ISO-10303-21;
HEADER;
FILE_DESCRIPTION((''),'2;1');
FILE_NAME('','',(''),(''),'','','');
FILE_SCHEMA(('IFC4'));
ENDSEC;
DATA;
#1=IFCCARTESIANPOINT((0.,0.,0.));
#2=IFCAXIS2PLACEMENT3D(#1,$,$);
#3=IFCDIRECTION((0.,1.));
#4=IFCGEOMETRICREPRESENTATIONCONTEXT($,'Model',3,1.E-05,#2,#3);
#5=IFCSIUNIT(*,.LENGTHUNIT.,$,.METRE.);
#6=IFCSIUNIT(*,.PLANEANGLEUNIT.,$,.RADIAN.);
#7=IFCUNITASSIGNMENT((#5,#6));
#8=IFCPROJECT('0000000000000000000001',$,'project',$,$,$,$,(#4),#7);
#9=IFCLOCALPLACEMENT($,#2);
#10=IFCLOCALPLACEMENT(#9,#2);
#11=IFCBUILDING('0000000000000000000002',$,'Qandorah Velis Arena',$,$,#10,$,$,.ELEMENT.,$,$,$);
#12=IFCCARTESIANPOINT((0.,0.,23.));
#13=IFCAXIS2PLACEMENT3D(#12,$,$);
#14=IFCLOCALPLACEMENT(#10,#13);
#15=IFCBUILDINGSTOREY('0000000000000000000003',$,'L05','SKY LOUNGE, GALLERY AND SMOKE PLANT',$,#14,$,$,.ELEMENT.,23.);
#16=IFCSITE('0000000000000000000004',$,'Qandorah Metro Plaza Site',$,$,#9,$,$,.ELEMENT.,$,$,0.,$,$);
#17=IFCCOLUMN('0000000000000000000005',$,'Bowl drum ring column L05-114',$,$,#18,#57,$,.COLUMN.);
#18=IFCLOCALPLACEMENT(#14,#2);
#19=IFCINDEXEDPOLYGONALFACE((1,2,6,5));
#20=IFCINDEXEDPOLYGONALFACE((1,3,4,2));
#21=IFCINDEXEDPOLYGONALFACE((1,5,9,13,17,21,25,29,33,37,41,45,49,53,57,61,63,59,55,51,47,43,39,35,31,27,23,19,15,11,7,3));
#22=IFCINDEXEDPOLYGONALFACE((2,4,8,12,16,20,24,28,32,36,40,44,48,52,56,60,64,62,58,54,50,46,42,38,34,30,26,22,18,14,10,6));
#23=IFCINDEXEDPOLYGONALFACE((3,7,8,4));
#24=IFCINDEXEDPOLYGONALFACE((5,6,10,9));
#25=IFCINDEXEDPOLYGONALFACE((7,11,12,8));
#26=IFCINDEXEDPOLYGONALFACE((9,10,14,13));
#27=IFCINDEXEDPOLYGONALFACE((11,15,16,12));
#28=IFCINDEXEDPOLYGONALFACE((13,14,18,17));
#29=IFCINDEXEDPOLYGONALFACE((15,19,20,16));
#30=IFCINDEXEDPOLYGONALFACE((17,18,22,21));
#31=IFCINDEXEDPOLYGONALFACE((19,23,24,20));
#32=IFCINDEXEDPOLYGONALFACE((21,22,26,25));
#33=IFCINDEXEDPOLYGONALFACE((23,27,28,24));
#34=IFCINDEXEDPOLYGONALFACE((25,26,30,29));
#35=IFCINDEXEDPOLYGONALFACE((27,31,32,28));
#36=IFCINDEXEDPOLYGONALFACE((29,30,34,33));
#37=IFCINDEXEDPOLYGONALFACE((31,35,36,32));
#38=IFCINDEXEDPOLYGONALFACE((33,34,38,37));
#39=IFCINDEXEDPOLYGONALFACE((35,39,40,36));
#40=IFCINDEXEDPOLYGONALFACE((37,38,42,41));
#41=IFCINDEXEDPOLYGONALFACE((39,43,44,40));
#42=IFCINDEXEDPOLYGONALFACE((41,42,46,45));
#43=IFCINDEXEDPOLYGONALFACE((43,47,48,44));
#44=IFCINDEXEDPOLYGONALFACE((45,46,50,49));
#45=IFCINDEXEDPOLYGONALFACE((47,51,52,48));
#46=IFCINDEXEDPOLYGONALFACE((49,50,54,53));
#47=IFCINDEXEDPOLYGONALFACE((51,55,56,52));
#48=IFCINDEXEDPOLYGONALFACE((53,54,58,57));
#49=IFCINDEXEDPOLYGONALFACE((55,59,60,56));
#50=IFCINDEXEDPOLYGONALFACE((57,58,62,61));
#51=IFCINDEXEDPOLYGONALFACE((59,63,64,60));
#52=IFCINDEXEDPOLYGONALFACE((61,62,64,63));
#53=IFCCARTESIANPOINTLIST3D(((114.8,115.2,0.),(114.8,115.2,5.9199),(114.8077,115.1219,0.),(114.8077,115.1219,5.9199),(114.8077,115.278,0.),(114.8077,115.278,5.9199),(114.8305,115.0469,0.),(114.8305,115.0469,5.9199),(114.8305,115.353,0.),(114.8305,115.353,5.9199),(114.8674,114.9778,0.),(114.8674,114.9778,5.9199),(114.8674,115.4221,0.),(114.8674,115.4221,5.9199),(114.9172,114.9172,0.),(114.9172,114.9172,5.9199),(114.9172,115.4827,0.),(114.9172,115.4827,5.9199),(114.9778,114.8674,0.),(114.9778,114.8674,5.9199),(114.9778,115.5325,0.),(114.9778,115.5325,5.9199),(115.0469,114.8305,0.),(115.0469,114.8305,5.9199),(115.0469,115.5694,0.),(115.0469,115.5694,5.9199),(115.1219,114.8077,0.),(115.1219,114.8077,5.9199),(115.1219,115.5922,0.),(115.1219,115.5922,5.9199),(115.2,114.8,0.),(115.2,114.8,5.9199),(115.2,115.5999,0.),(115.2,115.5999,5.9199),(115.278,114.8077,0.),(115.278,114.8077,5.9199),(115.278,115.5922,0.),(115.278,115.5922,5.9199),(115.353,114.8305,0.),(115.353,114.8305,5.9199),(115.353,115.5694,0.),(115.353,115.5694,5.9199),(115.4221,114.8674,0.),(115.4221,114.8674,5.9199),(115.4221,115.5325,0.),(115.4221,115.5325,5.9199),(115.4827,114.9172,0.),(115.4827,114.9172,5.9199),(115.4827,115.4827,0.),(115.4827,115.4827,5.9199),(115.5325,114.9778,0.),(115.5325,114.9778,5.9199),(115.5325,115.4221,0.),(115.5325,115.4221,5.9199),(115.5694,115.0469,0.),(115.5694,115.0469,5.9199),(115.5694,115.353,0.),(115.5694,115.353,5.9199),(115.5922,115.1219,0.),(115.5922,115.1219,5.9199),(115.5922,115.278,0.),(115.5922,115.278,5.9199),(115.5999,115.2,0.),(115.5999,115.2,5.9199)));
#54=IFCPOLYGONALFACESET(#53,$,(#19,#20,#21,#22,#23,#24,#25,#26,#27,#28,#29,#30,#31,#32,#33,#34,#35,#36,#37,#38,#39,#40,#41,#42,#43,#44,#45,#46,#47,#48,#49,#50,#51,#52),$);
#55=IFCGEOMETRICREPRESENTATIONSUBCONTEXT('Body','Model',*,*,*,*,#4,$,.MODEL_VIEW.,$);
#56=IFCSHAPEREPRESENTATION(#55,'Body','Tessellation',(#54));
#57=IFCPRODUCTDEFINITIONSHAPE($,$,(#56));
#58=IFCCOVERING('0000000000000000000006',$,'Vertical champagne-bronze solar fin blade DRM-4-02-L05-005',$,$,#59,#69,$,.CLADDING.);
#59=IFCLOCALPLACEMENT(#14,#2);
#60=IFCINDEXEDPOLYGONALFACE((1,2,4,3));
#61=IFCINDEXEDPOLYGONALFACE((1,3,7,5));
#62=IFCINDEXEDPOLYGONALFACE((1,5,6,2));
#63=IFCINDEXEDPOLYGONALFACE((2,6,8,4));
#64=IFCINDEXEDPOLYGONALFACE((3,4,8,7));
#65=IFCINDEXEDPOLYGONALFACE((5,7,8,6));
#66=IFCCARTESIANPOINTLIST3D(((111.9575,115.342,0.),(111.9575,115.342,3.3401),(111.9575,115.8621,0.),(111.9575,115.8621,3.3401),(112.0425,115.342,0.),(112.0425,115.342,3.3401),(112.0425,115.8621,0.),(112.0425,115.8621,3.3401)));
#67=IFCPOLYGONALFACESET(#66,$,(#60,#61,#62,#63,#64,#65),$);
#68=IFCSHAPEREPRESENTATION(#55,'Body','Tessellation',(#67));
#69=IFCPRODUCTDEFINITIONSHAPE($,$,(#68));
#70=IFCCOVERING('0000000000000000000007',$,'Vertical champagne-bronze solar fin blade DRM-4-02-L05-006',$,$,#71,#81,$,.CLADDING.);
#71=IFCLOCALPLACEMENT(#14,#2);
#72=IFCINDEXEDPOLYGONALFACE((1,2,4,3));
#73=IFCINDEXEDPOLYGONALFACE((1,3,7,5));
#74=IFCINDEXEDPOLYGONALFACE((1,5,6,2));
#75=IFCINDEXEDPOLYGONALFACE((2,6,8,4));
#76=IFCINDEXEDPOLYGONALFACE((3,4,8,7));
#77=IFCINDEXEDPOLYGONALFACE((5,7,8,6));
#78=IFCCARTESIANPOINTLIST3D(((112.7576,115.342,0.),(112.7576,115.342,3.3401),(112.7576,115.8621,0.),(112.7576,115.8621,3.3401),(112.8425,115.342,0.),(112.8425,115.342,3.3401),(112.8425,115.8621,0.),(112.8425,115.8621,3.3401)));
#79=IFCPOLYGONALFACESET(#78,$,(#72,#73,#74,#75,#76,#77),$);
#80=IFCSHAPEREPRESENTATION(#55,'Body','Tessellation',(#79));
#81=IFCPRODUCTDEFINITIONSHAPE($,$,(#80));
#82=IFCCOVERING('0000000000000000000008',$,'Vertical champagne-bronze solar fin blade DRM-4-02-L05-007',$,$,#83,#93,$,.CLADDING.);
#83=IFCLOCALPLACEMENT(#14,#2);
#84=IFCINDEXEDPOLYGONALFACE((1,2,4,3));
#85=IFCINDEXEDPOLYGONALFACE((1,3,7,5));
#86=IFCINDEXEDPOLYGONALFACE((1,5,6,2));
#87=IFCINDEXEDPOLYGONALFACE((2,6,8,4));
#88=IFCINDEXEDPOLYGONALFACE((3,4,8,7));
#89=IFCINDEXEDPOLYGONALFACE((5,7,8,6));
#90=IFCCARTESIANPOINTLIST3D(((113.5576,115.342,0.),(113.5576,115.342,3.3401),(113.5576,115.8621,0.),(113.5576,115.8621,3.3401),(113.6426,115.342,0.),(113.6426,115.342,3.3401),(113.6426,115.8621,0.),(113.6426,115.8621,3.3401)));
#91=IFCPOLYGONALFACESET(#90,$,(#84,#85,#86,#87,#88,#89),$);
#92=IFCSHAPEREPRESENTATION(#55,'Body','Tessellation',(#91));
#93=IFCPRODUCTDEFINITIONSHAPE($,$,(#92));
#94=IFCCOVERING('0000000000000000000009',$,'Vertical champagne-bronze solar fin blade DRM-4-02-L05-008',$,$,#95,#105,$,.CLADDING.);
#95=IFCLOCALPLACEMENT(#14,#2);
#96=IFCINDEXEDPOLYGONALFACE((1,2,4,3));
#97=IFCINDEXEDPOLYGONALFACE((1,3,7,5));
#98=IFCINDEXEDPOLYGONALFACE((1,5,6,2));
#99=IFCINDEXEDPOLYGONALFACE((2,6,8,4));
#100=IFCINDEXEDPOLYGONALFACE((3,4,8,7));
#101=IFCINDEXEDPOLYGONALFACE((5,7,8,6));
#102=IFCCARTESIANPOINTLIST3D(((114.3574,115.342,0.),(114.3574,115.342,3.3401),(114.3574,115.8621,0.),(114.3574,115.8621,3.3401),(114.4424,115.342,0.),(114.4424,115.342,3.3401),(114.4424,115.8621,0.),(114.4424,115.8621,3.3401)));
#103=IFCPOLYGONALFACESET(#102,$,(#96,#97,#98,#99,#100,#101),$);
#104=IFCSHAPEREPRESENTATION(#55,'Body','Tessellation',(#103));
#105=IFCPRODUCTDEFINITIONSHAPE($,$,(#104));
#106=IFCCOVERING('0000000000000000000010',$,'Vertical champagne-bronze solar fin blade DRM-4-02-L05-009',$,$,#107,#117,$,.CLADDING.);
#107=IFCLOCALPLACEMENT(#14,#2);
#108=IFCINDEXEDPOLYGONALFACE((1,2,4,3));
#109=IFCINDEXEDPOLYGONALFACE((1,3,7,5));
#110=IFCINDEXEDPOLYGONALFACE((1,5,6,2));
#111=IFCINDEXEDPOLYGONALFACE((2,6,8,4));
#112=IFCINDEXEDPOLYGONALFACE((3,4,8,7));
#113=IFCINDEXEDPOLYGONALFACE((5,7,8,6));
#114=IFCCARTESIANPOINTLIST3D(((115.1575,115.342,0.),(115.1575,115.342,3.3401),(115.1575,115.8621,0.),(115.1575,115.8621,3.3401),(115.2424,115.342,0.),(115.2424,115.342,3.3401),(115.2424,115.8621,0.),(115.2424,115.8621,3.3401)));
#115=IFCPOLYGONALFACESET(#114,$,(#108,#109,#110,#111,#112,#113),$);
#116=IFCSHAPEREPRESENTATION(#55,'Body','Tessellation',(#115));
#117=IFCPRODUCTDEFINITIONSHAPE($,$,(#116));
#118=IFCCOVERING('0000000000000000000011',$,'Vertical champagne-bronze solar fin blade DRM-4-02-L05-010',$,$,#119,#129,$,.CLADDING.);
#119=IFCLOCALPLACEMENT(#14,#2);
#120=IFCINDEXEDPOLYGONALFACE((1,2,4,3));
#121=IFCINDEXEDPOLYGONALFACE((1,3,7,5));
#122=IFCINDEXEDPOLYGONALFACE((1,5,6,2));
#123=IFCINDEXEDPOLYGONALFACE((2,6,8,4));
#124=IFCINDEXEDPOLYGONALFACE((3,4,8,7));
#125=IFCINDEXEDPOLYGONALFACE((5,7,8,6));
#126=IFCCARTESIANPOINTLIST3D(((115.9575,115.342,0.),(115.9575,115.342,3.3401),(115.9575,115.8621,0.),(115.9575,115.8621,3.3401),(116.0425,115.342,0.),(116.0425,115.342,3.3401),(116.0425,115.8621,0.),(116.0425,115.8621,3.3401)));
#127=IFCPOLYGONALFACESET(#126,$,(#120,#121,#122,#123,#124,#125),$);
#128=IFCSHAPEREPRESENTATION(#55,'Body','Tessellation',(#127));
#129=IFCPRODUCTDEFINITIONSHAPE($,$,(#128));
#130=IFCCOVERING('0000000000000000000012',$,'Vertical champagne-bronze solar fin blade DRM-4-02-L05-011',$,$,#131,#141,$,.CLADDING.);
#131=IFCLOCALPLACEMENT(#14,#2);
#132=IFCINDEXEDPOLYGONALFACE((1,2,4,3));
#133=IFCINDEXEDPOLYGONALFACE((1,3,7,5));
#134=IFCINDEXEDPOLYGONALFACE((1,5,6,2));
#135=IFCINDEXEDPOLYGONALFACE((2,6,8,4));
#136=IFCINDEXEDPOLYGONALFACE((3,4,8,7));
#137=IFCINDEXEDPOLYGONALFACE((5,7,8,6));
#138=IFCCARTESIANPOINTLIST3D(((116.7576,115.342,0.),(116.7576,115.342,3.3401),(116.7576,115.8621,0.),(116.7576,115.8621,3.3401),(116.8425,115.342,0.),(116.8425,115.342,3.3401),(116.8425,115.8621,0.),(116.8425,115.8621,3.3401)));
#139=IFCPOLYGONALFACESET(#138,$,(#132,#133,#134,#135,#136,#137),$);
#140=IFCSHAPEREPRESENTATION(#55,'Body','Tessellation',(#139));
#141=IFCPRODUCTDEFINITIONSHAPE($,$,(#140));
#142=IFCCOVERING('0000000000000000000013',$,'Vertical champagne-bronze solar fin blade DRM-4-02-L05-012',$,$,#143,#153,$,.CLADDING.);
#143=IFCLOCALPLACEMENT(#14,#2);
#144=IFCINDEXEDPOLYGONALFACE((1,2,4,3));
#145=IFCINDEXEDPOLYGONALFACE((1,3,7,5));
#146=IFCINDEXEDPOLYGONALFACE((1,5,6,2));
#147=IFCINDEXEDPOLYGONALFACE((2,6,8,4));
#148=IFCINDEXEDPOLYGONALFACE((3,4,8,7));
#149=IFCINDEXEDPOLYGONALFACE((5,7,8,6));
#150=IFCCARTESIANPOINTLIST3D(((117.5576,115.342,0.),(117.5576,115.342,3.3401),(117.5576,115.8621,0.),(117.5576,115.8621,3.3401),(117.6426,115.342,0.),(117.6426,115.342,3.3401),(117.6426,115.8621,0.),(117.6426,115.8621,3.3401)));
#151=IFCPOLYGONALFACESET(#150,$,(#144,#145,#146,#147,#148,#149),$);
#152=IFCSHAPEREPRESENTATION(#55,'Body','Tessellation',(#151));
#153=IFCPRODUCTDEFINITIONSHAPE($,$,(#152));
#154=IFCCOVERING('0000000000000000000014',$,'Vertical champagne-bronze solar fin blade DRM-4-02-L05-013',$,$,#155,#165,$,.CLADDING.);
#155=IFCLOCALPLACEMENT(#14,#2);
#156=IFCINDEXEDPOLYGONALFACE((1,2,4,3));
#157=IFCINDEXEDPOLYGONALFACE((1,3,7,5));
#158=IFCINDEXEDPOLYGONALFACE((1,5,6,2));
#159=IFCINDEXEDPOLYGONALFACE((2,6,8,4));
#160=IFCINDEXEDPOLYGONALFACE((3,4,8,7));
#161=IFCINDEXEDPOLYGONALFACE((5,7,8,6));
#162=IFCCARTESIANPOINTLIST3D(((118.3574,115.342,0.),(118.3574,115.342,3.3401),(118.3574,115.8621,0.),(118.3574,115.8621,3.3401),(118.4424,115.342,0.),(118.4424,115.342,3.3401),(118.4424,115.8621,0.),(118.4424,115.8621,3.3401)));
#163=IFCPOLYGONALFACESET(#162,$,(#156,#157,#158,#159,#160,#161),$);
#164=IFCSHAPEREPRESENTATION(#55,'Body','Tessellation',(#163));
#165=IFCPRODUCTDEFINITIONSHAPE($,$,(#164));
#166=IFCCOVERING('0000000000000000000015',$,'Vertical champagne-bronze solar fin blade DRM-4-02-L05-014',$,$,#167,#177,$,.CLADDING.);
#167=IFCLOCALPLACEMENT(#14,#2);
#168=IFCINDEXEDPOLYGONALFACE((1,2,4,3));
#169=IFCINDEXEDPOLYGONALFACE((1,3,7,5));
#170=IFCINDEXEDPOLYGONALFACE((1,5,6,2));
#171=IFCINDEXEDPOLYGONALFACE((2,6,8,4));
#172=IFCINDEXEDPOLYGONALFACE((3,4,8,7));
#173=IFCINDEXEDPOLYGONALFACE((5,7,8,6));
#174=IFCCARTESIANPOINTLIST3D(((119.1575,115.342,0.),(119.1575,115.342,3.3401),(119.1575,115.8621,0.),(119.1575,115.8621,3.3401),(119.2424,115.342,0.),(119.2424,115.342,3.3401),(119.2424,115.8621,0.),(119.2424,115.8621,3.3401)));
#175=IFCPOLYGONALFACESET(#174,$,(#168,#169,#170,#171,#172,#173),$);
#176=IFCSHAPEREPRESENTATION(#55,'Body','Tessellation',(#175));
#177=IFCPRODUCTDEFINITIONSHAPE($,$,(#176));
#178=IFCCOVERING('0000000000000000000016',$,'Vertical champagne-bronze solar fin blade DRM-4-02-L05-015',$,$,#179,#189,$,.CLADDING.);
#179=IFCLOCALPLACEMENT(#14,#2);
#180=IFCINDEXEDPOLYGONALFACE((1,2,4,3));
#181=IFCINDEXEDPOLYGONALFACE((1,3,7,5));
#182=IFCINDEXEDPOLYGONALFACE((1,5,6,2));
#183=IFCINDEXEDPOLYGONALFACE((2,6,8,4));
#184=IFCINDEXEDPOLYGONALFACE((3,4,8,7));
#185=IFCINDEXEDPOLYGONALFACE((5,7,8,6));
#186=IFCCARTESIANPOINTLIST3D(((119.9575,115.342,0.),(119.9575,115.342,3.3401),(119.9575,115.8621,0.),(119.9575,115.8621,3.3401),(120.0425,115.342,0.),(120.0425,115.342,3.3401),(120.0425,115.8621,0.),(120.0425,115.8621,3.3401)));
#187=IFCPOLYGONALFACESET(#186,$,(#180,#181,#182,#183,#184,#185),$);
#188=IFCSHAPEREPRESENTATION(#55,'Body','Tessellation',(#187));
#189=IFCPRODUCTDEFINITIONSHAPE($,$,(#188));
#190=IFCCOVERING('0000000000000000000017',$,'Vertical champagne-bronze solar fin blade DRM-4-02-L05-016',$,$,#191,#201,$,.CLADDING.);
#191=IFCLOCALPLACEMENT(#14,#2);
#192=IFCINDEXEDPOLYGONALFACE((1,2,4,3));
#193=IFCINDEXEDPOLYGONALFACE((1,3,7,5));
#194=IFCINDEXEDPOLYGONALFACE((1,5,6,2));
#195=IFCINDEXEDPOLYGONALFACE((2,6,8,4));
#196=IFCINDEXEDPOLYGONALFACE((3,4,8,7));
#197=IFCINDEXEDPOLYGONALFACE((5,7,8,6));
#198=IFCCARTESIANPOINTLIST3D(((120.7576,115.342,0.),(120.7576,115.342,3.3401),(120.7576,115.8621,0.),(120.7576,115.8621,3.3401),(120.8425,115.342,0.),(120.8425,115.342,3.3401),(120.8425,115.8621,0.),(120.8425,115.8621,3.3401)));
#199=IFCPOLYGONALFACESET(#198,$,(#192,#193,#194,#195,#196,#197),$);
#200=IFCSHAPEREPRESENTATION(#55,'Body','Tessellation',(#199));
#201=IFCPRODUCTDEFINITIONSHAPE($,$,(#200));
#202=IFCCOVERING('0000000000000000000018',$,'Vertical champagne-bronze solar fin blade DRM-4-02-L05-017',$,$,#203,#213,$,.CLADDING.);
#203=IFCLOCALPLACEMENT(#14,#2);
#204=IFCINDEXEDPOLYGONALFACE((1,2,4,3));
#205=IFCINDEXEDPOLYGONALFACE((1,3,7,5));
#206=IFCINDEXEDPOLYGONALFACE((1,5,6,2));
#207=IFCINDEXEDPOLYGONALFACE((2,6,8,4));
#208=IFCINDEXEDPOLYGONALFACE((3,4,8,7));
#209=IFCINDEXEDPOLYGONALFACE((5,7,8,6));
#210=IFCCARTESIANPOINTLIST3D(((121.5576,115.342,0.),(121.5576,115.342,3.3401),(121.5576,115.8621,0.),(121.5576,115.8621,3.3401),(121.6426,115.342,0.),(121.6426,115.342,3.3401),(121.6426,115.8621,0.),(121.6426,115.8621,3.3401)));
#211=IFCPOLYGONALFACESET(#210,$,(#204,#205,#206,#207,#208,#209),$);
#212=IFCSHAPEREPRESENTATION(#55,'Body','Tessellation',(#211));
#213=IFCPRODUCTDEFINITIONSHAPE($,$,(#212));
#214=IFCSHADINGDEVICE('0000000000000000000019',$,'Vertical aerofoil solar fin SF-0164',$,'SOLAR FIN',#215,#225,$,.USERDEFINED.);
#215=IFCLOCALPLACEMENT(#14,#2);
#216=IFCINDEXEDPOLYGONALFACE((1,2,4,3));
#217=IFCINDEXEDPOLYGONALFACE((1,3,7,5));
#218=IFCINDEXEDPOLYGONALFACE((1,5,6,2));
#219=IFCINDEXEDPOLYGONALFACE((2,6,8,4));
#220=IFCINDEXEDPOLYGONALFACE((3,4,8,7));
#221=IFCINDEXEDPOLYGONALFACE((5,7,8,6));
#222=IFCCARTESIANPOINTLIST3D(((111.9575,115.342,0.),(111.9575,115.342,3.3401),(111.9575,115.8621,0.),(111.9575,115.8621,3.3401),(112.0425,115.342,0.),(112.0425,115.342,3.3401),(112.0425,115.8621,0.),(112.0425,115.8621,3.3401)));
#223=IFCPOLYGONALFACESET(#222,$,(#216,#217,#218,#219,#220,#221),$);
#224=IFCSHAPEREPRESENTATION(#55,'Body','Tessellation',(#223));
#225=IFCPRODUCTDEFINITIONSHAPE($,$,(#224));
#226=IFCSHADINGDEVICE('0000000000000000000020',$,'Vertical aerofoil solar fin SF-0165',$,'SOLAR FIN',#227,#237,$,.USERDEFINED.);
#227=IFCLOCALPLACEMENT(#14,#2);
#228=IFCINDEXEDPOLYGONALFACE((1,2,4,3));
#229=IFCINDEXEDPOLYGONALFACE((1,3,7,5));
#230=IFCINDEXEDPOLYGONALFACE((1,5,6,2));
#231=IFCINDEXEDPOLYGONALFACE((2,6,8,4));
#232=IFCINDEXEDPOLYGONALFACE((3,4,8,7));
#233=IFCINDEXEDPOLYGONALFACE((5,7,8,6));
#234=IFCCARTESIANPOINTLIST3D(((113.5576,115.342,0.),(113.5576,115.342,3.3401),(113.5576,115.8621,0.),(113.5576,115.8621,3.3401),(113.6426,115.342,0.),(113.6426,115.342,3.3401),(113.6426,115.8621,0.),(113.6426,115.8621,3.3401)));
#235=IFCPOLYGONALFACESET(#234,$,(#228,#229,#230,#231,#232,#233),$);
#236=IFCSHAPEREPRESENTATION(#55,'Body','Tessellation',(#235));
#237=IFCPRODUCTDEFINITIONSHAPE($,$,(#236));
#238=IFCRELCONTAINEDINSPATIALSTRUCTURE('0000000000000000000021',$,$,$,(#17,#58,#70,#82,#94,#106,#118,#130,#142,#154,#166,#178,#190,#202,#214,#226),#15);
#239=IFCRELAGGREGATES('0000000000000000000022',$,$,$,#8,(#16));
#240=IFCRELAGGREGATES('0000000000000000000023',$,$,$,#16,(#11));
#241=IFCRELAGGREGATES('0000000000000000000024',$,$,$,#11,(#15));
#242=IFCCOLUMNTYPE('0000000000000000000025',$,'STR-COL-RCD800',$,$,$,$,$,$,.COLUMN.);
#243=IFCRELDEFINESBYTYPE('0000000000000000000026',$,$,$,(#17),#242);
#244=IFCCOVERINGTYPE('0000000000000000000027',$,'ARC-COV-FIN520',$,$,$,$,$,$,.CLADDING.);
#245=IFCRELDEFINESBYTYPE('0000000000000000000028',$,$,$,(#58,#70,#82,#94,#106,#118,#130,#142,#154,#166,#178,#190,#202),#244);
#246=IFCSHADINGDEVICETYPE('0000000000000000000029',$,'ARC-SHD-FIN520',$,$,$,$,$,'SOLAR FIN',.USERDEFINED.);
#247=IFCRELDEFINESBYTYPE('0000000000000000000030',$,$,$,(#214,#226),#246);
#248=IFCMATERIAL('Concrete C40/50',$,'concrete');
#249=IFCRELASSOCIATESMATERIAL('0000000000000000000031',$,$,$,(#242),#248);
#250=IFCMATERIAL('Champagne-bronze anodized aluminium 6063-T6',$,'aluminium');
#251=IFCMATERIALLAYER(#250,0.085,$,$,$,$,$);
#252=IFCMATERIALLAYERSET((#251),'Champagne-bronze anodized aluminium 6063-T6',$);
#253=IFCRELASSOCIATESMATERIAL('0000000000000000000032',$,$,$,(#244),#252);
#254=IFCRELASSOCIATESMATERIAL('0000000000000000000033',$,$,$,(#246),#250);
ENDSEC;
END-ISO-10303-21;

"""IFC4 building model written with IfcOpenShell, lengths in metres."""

from ifc_helpers import new_model, si_unit, direction, frame, origin, origin_2d, place, context, subcontext, project, spatial, rectangle, circle, extrude, material, layer, layer_set, material_profile, profile_set, type_object, element, save


model = new_model("IFC4")

# Units and contexts
model_context = context("Model", 3, precision=1e-05, world=origin(), true_north=direction((0.0, 1.0)))
body_context = subcontext(model_context, "Body", "Model", "MODEL_VIEW")
ifc_project = project(units=[si_unit("LENGTHUNIT", "METRE"), si_unit("PLANEANGLEUNIT", "RADIAN")], contexts=[model_context])

# Site, building, storey
site_placement = place(None, origin())
site = spatial("IfcSite", under=ifc_project, at=site_placement, Name="Qandorah Metro Plaza Site", CompositionType="ELEMENT", RefElevation=0.0)
building_placement = place(site_placement, origin())
building = spatial("IfcBuilding", under=site, at=building_placement, Name="Qandorah Velis Arena", CompositionType="ELEMENT")
storey_placement = place(building_placement, frame((0.0, 0.0, 23.0)))
storey = spatial("IfcBuildingStorey", under=building, at=storey_placement, Name="L05", Description="SKY LOUNGE, GALLERY AND SMOKE PLANT", CompositionType="ELEMENT", Elevation=23.0)

# Column
ifc_material_1 = material(Name="Concrete C40/50", Category="concrete")
ifc_material_profile = material_profile(ifc_material_1, circle(Radius=0.3999, at=origin_2d()), Name="RC D800")
ifc_profile_set = profile_set([ifc_material_profile], Name="Concrete C40/50")
column_type = type_object("IfcColumnType", Name="STR-COL-RCD800", PredefinedType="COLUMN", material=ifc_profile_set)
column_placement = place(storey_placement, frame((115.2, 115.2, 0.0), z_axis=(0.0, 0.0, 1.0), x_axis=(1.0, 0.0, 0.0)))
element("IfcColumn", 1, at=column_placement, inside=storey, type_object=column_type, Name="Bowl drum ring column L05-114", PredefinedType="COLUMN", context=body_context, shape_type="SweptSolid", body=[
    extrude(circle(Radius=0.3999, at=origin_2d()), origin(), (0.0, 0.0, 1.0), 5.9199),
])

# Coverings
ifc_material_2 = material(Name="Champagne-bronze anodized aluminium 6063-T6", Category="aluminium")
ifc_layer = layer(ifc_material_2, 0.085)
ifc_layer_set = layer_set([ifc_layer], Name="Champagne-bronze anodized aluminium 6063-T6")
covering_type = type_object("IfcCoveringType", Name="ARC-COV-FIN520", PredefinedType="CLADDING", material=ifc_layer_set)
for number, where, z_axis, x_axis, name in (
    (2, (112.0, 115.6021, 0.0), (0.0, 0.0, 1.0), (1.0, 0.0, 0.0), "Vertical champagne-bronze solar fin blade DRM-4-02-L05-005"),
    (3, (112.8, 115.6021, 0.0), (0.0, 0.0, 1.0), (1.0, 0.0, 0.0), "Vertical champagne-bronze solar fin blade DRM-4-02-L05-006"),
    (4, (113.6001, 115.6021, 0.0), (0.0, 0.0, 1.0), (1.0, 0.0, 0.0), "Vertical champagne-bronze solar fin blade DRM-4-02-L05-007"),
    (5, (114.3999, 115.6021, 0.0), (0.0, 0.0, 1.0), (1.0, 0.0, 0.0), "Vertical champagne-bronze solar fin blade DRM-4-02-L05-008"),
    (6, (115.2, 115.6021, 0.0), (0.0, 0.0, 1.0), (1.0, 0.0, 0.0), "Vertical champagne-bronze solar fin blade DRM-4-02-L05-009"),
    (7, (116.0, 115.6021, 0.0), (0.0, 0.0, 1.0), (1.0, 0.0, 0.0), "Vertical champagne-bronze solar fin blade DRM-4-02-L05-010"),
    (8, (116.8, 115.6021, 0.0), (0.0, 0.0, 1.0), (1.0, 0.0, 0.0), "Vertical champagne-bronze solar fin blade DRM-4-02-L05-011"),
    (9, (117.6001, 115.6021, 0.0), (0.0, 0.0, 1.0), (1.0, 0.0, 0.0), "Vertical champagne-bronze solar fin blade DRM-4-02-L05-012"),
    (10, (118.3999, 115.6021, 0.0), (0.0, 0.0, 1.0), (1.0, 0.0, 0.0), "Vertical champagne-bronze solar fin blade DRM-4-02-L05-013"),
    (11, (119.2, 115.6021, 0.0), (0.0, 0.0, 1.0), (1.0, 0.0, 0.0), "Vertical champagne-bronze solar fin blade DRM-4-02-L05-014"),
    (12, (120.0, 115.6021, 0.0), (0.0, 0.0, 1.0), (1.0, 0.0, 0.0), "Vertical champagne-bronze solar fin blade DRM-4-02-L05-015"),
    (13, (120.8, 115.6021, 0.0), (0.0, 0.0, 1.0), (1.0, 0.0, 0.0), "Vertical champagne-bronze solar fin blade DRM-4-02-L05-016"),
    (14, (121.6001, 115.6021, 0.0), (0.0, 0.0, 1.0), (1.0, 0.0, 0.0), "Vertical champagne-bronze solar fin blade DRM-4-02-L05-017"),
):
    element("IfcCovering", number, at=place(storey_placement, frame(where, z_axis=z_axis, x_axis=x_axis)), inside=storey, type_object=covering_type, Name=name, PredefinedType="CLADDING", context=body_context, shape_type="SweptSolid", body=[
        extrude(rectangle(XDim=0.085, YDim=0.52, at=origin_2d()), origin(), (0.0, 0.0, 1.0), 3.3401),
    ])

# Shading devices
shading_device_type = type_object("IfcShadingDeviceType", Name="ARC-SHD-FIN520", ElementType="SOLAR FIN", PredefinedType="USERDEFINED", material=ifc_material_2)
for number, where, z_axis, x_axis, name in (
    (15, (112.0, 115.6021, 0.0), (0.0, 0.0, 1.0), (1.0, 0.0, 0.0), "Vertical aerofoil solar fin SF-0164"),
    (16, (113.6001, 115.6021, 0.0), (0.0, 0.0, 1.0), (1.0, 0.0, 0.0), "Vertical aerofoil solar fin SF-0165"),
):
    element("IfcShadingDevice", number, at=place(storey_placement, frame(where, z_axis=z_axis, x_axis=x_axis)), inside=storey, type_object=shading_device_type, Name=name, ObjectType="SOLAR FIN", PredefinedType="USERDEFINED", context=body_context, shape_type="SweptSolid", body=[
        extrude(rectangle(XDim=0.085, YDim=0.52, at=origin_2d()), origin(), (0.0, 0.0, 1.0), 3.3401),
    ])

save(model, "model.ifc")
